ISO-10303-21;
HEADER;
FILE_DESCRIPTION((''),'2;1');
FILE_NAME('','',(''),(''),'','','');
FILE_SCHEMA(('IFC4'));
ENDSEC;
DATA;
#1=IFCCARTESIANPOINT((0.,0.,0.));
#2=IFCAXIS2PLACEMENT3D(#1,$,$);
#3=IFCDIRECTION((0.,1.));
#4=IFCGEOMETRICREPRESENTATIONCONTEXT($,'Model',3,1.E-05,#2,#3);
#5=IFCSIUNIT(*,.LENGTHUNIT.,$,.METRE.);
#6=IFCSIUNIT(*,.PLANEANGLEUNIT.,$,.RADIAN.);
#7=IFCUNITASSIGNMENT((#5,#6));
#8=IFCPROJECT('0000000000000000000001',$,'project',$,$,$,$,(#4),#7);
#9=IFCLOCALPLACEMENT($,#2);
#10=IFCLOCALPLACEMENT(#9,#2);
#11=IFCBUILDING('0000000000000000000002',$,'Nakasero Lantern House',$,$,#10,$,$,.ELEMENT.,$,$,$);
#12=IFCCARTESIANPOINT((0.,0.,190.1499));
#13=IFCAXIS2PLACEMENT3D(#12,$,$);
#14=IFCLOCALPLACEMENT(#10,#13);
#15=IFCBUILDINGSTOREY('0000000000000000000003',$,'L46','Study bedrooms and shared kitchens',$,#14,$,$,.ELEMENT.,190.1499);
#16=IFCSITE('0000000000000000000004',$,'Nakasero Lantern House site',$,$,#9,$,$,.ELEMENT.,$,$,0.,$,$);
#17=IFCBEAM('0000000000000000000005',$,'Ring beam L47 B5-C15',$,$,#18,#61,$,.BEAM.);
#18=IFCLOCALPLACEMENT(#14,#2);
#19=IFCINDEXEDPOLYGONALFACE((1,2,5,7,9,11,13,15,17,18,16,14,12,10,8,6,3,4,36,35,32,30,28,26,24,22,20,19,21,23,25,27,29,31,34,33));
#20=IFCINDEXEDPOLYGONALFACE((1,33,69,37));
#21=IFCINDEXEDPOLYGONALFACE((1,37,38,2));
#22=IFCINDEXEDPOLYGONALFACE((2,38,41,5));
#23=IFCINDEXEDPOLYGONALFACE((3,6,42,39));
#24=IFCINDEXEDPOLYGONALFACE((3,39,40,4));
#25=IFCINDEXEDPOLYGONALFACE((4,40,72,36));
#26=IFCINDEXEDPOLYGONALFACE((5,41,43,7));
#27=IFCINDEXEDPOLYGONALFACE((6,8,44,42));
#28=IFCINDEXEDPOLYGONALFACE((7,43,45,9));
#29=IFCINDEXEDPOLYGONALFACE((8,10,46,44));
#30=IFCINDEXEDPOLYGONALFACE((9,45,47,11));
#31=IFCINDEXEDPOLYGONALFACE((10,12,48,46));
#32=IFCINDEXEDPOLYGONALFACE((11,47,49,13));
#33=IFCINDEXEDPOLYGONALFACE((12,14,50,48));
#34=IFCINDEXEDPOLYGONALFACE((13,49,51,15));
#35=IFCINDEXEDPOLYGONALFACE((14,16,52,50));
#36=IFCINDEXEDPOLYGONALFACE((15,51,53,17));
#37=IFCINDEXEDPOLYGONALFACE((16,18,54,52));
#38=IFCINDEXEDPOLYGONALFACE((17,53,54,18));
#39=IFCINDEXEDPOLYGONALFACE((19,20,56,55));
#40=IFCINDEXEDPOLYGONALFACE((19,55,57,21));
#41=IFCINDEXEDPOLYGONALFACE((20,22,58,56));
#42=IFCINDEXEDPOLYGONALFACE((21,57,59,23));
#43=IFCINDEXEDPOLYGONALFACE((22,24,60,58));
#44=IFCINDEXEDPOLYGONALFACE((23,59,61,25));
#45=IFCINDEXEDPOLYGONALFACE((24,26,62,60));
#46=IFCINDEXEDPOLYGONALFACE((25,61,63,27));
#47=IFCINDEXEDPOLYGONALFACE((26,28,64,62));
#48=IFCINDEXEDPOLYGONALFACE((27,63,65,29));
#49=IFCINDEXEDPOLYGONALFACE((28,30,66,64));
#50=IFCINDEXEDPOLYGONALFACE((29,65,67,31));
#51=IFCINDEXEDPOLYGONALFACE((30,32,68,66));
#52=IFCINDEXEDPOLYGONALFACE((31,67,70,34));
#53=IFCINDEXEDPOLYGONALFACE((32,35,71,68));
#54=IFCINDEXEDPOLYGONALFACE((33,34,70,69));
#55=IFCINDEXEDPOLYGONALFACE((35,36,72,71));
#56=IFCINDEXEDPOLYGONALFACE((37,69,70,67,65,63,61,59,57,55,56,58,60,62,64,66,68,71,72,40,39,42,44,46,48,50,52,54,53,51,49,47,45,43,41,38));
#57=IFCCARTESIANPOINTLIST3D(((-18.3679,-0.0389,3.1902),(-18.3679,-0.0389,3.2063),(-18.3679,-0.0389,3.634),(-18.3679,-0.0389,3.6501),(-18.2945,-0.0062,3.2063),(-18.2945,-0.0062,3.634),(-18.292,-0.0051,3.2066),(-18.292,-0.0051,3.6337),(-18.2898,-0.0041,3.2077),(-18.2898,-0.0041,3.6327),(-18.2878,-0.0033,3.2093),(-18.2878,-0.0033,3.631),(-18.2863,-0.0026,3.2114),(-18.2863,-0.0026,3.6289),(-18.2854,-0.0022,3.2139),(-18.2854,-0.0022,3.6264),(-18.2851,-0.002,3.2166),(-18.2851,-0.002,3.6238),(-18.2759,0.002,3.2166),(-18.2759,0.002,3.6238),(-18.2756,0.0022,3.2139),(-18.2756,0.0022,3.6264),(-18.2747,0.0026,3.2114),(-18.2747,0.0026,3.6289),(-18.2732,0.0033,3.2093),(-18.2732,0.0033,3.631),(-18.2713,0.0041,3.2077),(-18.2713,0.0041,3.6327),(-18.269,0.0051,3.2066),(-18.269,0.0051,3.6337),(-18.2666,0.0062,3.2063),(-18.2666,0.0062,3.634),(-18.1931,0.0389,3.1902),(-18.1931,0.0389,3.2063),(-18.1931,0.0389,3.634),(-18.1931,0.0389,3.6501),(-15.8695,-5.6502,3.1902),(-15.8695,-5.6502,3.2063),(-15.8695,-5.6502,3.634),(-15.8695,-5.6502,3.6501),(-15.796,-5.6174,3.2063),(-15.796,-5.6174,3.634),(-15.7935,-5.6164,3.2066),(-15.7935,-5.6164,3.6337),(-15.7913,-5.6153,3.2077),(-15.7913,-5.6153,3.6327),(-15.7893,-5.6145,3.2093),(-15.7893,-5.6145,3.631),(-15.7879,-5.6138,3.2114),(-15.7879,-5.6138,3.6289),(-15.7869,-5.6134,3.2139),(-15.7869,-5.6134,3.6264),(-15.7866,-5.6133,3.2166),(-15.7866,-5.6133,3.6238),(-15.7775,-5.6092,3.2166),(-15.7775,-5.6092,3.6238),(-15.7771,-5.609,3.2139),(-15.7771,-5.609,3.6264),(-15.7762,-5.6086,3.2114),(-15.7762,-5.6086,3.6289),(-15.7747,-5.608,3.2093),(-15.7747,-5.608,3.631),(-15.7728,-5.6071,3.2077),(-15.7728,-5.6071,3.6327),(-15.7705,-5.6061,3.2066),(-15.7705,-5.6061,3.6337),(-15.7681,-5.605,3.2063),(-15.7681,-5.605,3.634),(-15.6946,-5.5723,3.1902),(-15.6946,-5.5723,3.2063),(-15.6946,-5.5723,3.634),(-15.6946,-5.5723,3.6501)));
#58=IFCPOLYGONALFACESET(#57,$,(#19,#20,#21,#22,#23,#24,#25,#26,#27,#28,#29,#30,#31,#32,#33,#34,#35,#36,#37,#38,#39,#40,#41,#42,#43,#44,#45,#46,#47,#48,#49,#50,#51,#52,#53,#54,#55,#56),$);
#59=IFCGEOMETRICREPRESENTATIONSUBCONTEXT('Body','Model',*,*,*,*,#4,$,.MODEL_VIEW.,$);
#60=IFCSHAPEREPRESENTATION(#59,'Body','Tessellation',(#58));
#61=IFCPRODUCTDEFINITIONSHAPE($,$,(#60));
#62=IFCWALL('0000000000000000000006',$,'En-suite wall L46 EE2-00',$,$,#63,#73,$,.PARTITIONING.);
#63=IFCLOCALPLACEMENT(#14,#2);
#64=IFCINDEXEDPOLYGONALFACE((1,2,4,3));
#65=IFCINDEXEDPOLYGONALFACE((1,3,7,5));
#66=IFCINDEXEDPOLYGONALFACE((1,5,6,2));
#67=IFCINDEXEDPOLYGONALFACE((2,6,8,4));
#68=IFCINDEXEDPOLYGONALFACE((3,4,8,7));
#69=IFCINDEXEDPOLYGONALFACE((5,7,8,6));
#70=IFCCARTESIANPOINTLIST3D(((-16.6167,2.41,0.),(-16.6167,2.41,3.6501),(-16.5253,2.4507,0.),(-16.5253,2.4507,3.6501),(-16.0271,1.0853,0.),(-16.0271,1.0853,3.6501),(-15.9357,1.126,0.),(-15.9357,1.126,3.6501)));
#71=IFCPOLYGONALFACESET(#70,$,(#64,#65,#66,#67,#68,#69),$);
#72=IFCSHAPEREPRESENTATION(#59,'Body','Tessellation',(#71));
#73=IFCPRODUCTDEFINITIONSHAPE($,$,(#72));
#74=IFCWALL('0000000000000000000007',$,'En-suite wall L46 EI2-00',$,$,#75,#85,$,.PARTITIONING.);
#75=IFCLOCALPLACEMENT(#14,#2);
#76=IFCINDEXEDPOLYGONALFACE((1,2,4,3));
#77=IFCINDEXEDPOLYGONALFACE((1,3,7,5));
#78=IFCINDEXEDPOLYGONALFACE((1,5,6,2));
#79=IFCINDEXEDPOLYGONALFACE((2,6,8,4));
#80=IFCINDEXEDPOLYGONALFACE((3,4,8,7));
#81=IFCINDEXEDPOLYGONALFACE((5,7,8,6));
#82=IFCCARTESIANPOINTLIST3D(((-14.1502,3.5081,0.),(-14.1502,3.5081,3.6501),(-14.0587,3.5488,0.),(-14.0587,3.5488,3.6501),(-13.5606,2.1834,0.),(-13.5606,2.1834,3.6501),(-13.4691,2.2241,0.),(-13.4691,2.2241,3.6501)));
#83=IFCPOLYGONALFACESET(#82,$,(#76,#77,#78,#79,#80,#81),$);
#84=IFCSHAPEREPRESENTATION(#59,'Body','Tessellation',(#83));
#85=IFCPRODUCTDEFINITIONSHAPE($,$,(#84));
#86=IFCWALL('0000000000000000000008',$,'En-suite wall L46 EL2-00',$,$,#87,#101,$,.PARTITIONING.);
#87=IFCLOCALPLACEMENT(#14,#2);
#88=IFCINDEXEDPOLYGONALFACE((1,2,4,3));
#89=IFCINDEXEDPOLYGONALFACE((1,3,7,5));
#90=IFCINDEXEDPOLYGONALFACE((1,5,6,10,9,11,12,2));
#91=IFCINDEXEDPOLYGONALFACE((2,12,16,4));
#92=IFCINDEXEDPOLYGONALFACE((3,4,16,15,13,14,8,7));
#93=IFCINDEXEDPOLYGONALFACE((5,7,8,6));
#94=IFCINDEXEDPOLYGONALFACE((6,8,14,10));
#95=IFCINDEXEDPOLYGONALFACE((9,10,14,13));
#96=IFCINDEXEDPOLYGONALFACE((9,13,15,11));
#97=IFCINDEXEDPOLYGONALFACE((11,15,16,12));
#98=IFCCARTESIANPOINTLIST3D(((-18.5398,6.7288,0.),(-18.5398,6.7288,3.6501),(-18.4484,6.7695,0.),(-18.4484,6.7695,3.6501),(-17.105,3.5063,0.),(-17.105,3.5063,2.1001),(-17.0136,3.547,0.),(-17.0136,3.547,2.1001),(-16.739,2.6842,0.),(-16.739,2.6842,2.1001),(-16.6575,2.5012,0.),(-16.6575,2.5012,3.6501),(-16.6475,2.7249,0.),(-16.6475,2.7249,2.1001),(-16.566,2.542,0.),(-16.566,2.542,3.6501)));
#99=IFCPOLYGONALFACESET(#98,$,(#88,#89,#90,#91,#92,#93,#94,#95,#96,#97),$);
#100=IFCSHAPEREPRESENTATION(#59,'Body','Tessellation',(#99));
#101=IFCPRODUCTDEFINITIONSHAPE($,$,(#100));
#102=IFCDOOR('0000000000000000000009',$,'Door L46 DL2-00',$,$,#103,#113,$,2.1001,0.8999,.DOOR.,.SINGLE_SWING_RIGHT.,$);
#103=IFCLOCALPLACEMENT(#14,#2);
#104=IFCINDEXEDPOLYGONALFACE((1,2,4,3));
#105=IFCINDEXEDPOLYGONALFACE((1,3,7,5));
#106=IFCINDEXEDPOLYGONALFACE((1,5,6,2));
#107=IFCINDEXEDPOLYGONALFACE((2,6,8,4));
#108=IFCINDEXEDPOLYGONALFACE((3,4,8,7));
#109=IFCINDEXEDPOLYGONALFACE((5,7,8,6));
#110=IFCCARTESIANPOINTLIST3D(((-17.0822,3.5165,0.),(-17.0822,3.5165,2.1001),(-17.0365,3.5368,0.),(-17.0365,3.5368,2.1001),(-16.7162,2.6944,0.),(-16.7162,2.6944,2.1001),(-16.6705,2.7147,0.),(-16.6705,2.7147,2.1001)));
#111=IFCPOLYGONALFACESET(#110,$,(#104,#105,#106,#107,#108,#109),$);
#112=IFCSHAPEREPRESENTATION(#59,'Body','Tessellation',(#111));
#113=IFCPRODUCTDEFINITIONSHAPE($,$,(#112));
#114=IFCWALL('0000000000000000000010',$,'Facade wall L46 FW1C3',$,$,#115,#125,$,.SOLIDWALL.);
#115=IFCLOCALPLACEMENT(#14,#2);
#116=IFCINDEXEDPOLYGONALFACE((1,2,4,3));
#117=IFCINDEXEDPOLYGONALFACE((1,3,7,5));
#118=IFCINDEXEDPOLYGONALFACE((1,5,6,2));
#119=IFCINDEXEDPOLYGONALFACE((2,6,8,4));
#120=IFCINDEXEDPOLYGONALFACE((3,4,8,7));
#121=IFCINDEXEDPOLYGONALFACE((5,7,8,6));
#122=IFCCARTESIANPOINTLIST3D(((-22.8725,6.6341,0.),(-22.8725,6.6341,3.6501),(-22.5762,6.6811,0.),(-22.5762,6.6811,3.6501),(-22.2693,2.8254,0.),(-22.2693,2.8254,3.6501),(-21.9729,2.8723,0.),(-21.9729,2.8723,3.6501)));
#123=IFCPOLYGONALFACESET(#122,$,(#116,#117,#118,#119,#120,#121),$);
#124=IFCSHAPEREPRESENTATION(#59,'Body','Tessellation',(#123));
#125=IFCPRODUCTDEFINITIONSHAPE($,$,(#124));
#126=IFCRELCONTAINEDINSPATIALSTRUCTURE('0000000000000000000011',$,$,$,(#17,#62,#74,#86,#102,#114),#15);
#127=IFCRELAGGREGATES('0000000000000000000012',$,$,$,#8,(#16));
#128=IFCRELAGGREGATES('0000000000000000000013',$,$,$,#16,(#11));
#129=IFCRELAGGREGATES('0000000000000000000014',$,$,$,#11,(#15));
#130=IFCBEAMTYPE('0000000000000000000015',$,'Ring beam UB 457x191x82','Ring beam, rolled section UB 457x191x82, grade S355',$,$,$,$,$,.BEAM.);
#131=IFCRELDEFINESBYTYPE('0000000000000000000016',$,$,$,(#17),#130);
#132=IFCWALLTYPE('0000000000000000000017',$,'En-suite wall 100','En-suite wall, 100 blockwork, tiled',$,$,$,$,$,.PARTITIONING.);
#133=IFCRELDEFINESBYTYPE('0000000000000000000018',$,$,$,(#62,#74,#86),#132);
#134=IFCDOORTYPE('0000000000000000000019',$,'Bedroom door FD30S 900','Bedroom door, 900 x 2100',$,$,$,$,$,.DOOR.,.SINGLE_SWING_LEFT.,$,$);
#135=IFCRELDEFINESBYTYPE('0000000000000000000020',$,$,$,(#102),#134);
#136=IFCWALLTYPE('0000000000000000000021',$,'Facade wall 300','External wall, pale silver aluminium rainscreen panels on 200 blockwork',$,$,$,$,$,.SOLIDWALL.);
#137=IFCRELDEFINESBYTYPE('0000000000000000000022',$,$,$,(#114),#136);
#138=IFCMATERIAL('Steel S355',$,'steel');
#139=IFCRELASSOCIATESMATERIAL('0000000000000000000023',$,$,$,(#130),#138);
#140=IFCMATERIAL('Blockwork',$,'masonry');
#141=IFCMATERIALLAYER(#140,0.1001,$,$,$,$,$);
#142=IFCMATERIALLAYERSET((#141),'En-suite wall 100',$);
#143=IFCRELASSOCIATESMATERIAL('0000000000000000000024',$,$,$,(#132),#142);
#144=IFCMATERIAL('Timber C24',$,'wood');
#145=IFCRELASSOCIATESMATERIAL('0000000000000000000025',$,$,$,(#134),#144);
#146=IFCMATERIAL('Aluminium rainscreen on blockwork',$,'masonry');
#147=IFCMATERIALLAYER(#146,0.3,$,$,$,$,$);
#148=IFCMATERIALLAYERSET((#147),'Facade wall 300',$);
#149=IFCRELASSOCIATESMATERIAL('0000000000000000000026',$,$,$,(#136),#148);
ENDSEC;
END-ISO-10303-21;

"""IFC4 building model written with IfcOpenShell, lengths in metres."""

from ifc_helpers import new_model, si_unit, direction, frame, frame_2d, origin, origin_2d, place, context, subcontext, project, spatial, rectangle, i_section, extrude, material, layer, layer_set, material_profile, profile_set, type_object, element, fill, save


model = new_model("IFC4")

# Units and contexts
model_context = context("Model", 3, precision=1e-05, world=origin(), true_north=direction((0.0, 1.0)))
body_context = subcontext(model_context, "Body", "Model", "MODEL_VIEW")
ifc_project = project(units=[si_unit("LENGTHUNIT", "METRE"), si_unit("PLANEANGLEUNIT", "RADIAN")], contexts=[model_context])

# Site, building, storey
site_placement = place(None, origin())
site = spatial("IfcSite", under=ifc_project, at=site_placement, Name="Nakasero Lantern House site", CompositionType="ELEMENT", RefElevation=0.0)
building_placement = place(site_placement, origin())
building = spatial("IfcBuilding", under=site, at=building_placement, Name="Nakasero Lantern House", CompositionType="ELEMENT")
storey_placement = place(building_placement, frame((0.0, 0.0, 190.1499)))
storey = spatial("IfcBuildingStorey", under=building, at=storey_placement, Name="L46", Description="Study bedrooms and shared kitchens", CompositionType="ELEMENT", Elevation=190.1499)

# Beam
ifc_material_1 = material(Name="Steel S355", Category="steel")
ifc_material_profile_1 = material_profile(ifc_material_1, i_section(OverallWidth=0.1914, OverallDepth=0.46, WebThickness=0.01, FlangeThickness=0.0161, FilletRadius=0.0103, at=origin_2d()), Name="UB 457x191x82")
ifc_profile_set_1 = profile_set([ifc_material_profile_1], Name="Steel S355")
beam_type_1 = type_object("IfcBeamType", Name="Ring beam UB 457x191x82", Description="Ring beam, rolled section UB 457x191x82, grade S355", PredefinedType="BEAM", material=ifc_profile_set_1)
beam_1_placement = place(storey_placement, frame((-18.2805, 0.0, 3.4202), z_axis=(0.406765, -0.913533, 0.0), x_axis=(0.913533, 0.406765, 0.0)))
element("IfcBeam", 1, at=beam_1_placement, inside=storey, type_object=beam_type_1, Name="Ring beam L47 B5-C15", PredefinedType="BEAM", context=body_context, shape_type="SweptSolid", body=[
    extrude(i_section(OverallWidth=0.1914, OverallDepth=0.46, WebThickness=0.01, FlangeThickness=0.0161, FilletRadius=0.0103, at=origin_2d()), origin(), (0.0, 0.0, 1.0), 6.1423),
])

# Walls
ifc_material_2 = material(Name="Blockwork", Category="masonry")
ifc_layer_1 = layer(ifc_material_2, 0.1001)
ifc_layer_set_1 = layer_set([ifc_layer_1], Name="En-suite wall 100")
wall_type_1 = type_object("IfcWallType", Name="En-suite wall 100", Description="En-suite wall, 100 blockwork, tiled", PredefinedType="PARTITIONING", material=ifc_layer_set_1)
for number, where, z_axis, x_axis, name in (
    (2, (-16.571, 2.4304, 0.0), (0.0, 0.0, 1.0), (0.406623, -0.913596, 0.0), "En-suite wall L46 EE2-00"),
    (3, (-14.1045, 3.5286, 0.0), (0.0, 0.0, 1.0), (0.406623, -0.913596, 0.0), "En-suite wall L46 EI2-00"),
):
    element("IfcWall", number, at=place(storey_placement, frame(where, z_axis=z_axis, x_axis=x_axis)), inside=storey, type_object=wall_type_1, Name=name, PredefinedType="PARTITIONING", context=body_context, shape_type="SweptSolid", body=[
        extrude(rectangle(XDim=1.45, YDim=0.1001, at=frame_2d((0.7251, 0.0))), origin(), (0.0, 0.0, 1.0), 3.6501),
    ])

# Wall, opening, door
wall_1_placement = place(storey_placement, frame((-18.4941, 6.7493, 0.0), z_axis=(0.0, 0.0, 1.0), x_axis=(0.406755, -0.913537, 0.0)))
wall_1 = element("IfcWall", 4, at=wall_1_placement, inside=storey, type_object=wall_type_1, Name="En-suite wall L46 EL2-00", PredefinedType="PARTITIONING", context=body_context, shape_type="SweptSolid", body=[
    extrude(rectangle(XDim=4.6277, YDim=0.1001, at=frame_2d((2.314, 0.0))), origin(), (0.0, 0.0, 1.0), 3.6501),
])
opening_1_placement = place(wall_1_placement, frame((3.5276, 0.0, 0.0)))
opening_1 = element("IfcOpeningElement", 5, at=opening_1_placement, cuts=wall_1, PredefinedType="OPENING", context=body_context, shape_type="SweptSolid", body=[
    extrude(rectangle(XDim=0.8999, YDim=2.1001, at=frame_2d((0.45, 1.05))), frame((0.0, 0.0701, 0.0), z_axis=(0.0, -1.0, 0.0), x_axis=(1.0, 0.0, 0.0)), (0.0, 0.0, 1.0), 0.1401),
])
ifc_material_3 = material(Name="Timber C24", Category="wood")
door_type_1 = type_object("IfcDoorType", Name="Bedroom door FD30S 900", Description="Bedroom door, 900 x 2100", OperationType="SINGLE_SWING_LEFT", PredefinedType="DOOR", material=ifc_material_3)
door_1_placement = place(opening_1_placement, origin())
door_1 = element("IfcDoor", 6, at=door_1_placement, inside=storey, type_object=door_type_1, Name="Door L46 DL2-00", OperationType="SINGLE_SWING_RIGHT", OverallHeight=2.1001, OverallWidth=0.8999, PredefinedType="DOOR", context=body_context, shape_type="SweptSolid", body=[
    extrude(rectangle(XDim=0.8999, YDim=2.1001, at=frame_2d((0.45, 1.05))), frame((0.0, 0.0249, 0.0), z_axis=(0.0, -1.0, 0.0), x_axis=(1.0, 0.0, 0.0)), (0.0, 0.0, 1.0), 0.05),
])
fill(opening_1, door_1)

# Wall
ifc_material_4 = material(Name="Aluminium rainscreen on blockwork", Category="masonry")
ifc_layer_2 = layer(ifc_material_4, 0.3)
ifc_layer_set_2 = layer_set([ifc_layer_2], Name="Facade wall 300")
wall_type_2 = type_object("IfcWallType", Name="Facade wall 300", Description="External wall, pale silver aluminium rainscreen panels on 200 blockwork", PredefinedType="SOLIDWALL", material=ifc_layer_set_2)
wall_2_placement = place(storey_placement, frame((-22.7244, 6.6577, 0.0), z_axis=(0.0, 0.0, 1.0), x_axis=(0.156437, -0.987688, 0.0)))
element("IfcWall", 7, at=wall_2_placement, inside=storey, type_object=wall_type_2, Name="Facade wall L46 FW1C3", PredefinedType="SOLIDWALL", context=body_context, shape_type="SweptSolid", body=[
    extrude(rectangle(XDim=3.8562, YDim=0.3, at=frame_2d((1.9282, 0.0))), origin(), (0.0, 0.0, 1.0), 3.6501),
])

save(model, "model.ifc")
